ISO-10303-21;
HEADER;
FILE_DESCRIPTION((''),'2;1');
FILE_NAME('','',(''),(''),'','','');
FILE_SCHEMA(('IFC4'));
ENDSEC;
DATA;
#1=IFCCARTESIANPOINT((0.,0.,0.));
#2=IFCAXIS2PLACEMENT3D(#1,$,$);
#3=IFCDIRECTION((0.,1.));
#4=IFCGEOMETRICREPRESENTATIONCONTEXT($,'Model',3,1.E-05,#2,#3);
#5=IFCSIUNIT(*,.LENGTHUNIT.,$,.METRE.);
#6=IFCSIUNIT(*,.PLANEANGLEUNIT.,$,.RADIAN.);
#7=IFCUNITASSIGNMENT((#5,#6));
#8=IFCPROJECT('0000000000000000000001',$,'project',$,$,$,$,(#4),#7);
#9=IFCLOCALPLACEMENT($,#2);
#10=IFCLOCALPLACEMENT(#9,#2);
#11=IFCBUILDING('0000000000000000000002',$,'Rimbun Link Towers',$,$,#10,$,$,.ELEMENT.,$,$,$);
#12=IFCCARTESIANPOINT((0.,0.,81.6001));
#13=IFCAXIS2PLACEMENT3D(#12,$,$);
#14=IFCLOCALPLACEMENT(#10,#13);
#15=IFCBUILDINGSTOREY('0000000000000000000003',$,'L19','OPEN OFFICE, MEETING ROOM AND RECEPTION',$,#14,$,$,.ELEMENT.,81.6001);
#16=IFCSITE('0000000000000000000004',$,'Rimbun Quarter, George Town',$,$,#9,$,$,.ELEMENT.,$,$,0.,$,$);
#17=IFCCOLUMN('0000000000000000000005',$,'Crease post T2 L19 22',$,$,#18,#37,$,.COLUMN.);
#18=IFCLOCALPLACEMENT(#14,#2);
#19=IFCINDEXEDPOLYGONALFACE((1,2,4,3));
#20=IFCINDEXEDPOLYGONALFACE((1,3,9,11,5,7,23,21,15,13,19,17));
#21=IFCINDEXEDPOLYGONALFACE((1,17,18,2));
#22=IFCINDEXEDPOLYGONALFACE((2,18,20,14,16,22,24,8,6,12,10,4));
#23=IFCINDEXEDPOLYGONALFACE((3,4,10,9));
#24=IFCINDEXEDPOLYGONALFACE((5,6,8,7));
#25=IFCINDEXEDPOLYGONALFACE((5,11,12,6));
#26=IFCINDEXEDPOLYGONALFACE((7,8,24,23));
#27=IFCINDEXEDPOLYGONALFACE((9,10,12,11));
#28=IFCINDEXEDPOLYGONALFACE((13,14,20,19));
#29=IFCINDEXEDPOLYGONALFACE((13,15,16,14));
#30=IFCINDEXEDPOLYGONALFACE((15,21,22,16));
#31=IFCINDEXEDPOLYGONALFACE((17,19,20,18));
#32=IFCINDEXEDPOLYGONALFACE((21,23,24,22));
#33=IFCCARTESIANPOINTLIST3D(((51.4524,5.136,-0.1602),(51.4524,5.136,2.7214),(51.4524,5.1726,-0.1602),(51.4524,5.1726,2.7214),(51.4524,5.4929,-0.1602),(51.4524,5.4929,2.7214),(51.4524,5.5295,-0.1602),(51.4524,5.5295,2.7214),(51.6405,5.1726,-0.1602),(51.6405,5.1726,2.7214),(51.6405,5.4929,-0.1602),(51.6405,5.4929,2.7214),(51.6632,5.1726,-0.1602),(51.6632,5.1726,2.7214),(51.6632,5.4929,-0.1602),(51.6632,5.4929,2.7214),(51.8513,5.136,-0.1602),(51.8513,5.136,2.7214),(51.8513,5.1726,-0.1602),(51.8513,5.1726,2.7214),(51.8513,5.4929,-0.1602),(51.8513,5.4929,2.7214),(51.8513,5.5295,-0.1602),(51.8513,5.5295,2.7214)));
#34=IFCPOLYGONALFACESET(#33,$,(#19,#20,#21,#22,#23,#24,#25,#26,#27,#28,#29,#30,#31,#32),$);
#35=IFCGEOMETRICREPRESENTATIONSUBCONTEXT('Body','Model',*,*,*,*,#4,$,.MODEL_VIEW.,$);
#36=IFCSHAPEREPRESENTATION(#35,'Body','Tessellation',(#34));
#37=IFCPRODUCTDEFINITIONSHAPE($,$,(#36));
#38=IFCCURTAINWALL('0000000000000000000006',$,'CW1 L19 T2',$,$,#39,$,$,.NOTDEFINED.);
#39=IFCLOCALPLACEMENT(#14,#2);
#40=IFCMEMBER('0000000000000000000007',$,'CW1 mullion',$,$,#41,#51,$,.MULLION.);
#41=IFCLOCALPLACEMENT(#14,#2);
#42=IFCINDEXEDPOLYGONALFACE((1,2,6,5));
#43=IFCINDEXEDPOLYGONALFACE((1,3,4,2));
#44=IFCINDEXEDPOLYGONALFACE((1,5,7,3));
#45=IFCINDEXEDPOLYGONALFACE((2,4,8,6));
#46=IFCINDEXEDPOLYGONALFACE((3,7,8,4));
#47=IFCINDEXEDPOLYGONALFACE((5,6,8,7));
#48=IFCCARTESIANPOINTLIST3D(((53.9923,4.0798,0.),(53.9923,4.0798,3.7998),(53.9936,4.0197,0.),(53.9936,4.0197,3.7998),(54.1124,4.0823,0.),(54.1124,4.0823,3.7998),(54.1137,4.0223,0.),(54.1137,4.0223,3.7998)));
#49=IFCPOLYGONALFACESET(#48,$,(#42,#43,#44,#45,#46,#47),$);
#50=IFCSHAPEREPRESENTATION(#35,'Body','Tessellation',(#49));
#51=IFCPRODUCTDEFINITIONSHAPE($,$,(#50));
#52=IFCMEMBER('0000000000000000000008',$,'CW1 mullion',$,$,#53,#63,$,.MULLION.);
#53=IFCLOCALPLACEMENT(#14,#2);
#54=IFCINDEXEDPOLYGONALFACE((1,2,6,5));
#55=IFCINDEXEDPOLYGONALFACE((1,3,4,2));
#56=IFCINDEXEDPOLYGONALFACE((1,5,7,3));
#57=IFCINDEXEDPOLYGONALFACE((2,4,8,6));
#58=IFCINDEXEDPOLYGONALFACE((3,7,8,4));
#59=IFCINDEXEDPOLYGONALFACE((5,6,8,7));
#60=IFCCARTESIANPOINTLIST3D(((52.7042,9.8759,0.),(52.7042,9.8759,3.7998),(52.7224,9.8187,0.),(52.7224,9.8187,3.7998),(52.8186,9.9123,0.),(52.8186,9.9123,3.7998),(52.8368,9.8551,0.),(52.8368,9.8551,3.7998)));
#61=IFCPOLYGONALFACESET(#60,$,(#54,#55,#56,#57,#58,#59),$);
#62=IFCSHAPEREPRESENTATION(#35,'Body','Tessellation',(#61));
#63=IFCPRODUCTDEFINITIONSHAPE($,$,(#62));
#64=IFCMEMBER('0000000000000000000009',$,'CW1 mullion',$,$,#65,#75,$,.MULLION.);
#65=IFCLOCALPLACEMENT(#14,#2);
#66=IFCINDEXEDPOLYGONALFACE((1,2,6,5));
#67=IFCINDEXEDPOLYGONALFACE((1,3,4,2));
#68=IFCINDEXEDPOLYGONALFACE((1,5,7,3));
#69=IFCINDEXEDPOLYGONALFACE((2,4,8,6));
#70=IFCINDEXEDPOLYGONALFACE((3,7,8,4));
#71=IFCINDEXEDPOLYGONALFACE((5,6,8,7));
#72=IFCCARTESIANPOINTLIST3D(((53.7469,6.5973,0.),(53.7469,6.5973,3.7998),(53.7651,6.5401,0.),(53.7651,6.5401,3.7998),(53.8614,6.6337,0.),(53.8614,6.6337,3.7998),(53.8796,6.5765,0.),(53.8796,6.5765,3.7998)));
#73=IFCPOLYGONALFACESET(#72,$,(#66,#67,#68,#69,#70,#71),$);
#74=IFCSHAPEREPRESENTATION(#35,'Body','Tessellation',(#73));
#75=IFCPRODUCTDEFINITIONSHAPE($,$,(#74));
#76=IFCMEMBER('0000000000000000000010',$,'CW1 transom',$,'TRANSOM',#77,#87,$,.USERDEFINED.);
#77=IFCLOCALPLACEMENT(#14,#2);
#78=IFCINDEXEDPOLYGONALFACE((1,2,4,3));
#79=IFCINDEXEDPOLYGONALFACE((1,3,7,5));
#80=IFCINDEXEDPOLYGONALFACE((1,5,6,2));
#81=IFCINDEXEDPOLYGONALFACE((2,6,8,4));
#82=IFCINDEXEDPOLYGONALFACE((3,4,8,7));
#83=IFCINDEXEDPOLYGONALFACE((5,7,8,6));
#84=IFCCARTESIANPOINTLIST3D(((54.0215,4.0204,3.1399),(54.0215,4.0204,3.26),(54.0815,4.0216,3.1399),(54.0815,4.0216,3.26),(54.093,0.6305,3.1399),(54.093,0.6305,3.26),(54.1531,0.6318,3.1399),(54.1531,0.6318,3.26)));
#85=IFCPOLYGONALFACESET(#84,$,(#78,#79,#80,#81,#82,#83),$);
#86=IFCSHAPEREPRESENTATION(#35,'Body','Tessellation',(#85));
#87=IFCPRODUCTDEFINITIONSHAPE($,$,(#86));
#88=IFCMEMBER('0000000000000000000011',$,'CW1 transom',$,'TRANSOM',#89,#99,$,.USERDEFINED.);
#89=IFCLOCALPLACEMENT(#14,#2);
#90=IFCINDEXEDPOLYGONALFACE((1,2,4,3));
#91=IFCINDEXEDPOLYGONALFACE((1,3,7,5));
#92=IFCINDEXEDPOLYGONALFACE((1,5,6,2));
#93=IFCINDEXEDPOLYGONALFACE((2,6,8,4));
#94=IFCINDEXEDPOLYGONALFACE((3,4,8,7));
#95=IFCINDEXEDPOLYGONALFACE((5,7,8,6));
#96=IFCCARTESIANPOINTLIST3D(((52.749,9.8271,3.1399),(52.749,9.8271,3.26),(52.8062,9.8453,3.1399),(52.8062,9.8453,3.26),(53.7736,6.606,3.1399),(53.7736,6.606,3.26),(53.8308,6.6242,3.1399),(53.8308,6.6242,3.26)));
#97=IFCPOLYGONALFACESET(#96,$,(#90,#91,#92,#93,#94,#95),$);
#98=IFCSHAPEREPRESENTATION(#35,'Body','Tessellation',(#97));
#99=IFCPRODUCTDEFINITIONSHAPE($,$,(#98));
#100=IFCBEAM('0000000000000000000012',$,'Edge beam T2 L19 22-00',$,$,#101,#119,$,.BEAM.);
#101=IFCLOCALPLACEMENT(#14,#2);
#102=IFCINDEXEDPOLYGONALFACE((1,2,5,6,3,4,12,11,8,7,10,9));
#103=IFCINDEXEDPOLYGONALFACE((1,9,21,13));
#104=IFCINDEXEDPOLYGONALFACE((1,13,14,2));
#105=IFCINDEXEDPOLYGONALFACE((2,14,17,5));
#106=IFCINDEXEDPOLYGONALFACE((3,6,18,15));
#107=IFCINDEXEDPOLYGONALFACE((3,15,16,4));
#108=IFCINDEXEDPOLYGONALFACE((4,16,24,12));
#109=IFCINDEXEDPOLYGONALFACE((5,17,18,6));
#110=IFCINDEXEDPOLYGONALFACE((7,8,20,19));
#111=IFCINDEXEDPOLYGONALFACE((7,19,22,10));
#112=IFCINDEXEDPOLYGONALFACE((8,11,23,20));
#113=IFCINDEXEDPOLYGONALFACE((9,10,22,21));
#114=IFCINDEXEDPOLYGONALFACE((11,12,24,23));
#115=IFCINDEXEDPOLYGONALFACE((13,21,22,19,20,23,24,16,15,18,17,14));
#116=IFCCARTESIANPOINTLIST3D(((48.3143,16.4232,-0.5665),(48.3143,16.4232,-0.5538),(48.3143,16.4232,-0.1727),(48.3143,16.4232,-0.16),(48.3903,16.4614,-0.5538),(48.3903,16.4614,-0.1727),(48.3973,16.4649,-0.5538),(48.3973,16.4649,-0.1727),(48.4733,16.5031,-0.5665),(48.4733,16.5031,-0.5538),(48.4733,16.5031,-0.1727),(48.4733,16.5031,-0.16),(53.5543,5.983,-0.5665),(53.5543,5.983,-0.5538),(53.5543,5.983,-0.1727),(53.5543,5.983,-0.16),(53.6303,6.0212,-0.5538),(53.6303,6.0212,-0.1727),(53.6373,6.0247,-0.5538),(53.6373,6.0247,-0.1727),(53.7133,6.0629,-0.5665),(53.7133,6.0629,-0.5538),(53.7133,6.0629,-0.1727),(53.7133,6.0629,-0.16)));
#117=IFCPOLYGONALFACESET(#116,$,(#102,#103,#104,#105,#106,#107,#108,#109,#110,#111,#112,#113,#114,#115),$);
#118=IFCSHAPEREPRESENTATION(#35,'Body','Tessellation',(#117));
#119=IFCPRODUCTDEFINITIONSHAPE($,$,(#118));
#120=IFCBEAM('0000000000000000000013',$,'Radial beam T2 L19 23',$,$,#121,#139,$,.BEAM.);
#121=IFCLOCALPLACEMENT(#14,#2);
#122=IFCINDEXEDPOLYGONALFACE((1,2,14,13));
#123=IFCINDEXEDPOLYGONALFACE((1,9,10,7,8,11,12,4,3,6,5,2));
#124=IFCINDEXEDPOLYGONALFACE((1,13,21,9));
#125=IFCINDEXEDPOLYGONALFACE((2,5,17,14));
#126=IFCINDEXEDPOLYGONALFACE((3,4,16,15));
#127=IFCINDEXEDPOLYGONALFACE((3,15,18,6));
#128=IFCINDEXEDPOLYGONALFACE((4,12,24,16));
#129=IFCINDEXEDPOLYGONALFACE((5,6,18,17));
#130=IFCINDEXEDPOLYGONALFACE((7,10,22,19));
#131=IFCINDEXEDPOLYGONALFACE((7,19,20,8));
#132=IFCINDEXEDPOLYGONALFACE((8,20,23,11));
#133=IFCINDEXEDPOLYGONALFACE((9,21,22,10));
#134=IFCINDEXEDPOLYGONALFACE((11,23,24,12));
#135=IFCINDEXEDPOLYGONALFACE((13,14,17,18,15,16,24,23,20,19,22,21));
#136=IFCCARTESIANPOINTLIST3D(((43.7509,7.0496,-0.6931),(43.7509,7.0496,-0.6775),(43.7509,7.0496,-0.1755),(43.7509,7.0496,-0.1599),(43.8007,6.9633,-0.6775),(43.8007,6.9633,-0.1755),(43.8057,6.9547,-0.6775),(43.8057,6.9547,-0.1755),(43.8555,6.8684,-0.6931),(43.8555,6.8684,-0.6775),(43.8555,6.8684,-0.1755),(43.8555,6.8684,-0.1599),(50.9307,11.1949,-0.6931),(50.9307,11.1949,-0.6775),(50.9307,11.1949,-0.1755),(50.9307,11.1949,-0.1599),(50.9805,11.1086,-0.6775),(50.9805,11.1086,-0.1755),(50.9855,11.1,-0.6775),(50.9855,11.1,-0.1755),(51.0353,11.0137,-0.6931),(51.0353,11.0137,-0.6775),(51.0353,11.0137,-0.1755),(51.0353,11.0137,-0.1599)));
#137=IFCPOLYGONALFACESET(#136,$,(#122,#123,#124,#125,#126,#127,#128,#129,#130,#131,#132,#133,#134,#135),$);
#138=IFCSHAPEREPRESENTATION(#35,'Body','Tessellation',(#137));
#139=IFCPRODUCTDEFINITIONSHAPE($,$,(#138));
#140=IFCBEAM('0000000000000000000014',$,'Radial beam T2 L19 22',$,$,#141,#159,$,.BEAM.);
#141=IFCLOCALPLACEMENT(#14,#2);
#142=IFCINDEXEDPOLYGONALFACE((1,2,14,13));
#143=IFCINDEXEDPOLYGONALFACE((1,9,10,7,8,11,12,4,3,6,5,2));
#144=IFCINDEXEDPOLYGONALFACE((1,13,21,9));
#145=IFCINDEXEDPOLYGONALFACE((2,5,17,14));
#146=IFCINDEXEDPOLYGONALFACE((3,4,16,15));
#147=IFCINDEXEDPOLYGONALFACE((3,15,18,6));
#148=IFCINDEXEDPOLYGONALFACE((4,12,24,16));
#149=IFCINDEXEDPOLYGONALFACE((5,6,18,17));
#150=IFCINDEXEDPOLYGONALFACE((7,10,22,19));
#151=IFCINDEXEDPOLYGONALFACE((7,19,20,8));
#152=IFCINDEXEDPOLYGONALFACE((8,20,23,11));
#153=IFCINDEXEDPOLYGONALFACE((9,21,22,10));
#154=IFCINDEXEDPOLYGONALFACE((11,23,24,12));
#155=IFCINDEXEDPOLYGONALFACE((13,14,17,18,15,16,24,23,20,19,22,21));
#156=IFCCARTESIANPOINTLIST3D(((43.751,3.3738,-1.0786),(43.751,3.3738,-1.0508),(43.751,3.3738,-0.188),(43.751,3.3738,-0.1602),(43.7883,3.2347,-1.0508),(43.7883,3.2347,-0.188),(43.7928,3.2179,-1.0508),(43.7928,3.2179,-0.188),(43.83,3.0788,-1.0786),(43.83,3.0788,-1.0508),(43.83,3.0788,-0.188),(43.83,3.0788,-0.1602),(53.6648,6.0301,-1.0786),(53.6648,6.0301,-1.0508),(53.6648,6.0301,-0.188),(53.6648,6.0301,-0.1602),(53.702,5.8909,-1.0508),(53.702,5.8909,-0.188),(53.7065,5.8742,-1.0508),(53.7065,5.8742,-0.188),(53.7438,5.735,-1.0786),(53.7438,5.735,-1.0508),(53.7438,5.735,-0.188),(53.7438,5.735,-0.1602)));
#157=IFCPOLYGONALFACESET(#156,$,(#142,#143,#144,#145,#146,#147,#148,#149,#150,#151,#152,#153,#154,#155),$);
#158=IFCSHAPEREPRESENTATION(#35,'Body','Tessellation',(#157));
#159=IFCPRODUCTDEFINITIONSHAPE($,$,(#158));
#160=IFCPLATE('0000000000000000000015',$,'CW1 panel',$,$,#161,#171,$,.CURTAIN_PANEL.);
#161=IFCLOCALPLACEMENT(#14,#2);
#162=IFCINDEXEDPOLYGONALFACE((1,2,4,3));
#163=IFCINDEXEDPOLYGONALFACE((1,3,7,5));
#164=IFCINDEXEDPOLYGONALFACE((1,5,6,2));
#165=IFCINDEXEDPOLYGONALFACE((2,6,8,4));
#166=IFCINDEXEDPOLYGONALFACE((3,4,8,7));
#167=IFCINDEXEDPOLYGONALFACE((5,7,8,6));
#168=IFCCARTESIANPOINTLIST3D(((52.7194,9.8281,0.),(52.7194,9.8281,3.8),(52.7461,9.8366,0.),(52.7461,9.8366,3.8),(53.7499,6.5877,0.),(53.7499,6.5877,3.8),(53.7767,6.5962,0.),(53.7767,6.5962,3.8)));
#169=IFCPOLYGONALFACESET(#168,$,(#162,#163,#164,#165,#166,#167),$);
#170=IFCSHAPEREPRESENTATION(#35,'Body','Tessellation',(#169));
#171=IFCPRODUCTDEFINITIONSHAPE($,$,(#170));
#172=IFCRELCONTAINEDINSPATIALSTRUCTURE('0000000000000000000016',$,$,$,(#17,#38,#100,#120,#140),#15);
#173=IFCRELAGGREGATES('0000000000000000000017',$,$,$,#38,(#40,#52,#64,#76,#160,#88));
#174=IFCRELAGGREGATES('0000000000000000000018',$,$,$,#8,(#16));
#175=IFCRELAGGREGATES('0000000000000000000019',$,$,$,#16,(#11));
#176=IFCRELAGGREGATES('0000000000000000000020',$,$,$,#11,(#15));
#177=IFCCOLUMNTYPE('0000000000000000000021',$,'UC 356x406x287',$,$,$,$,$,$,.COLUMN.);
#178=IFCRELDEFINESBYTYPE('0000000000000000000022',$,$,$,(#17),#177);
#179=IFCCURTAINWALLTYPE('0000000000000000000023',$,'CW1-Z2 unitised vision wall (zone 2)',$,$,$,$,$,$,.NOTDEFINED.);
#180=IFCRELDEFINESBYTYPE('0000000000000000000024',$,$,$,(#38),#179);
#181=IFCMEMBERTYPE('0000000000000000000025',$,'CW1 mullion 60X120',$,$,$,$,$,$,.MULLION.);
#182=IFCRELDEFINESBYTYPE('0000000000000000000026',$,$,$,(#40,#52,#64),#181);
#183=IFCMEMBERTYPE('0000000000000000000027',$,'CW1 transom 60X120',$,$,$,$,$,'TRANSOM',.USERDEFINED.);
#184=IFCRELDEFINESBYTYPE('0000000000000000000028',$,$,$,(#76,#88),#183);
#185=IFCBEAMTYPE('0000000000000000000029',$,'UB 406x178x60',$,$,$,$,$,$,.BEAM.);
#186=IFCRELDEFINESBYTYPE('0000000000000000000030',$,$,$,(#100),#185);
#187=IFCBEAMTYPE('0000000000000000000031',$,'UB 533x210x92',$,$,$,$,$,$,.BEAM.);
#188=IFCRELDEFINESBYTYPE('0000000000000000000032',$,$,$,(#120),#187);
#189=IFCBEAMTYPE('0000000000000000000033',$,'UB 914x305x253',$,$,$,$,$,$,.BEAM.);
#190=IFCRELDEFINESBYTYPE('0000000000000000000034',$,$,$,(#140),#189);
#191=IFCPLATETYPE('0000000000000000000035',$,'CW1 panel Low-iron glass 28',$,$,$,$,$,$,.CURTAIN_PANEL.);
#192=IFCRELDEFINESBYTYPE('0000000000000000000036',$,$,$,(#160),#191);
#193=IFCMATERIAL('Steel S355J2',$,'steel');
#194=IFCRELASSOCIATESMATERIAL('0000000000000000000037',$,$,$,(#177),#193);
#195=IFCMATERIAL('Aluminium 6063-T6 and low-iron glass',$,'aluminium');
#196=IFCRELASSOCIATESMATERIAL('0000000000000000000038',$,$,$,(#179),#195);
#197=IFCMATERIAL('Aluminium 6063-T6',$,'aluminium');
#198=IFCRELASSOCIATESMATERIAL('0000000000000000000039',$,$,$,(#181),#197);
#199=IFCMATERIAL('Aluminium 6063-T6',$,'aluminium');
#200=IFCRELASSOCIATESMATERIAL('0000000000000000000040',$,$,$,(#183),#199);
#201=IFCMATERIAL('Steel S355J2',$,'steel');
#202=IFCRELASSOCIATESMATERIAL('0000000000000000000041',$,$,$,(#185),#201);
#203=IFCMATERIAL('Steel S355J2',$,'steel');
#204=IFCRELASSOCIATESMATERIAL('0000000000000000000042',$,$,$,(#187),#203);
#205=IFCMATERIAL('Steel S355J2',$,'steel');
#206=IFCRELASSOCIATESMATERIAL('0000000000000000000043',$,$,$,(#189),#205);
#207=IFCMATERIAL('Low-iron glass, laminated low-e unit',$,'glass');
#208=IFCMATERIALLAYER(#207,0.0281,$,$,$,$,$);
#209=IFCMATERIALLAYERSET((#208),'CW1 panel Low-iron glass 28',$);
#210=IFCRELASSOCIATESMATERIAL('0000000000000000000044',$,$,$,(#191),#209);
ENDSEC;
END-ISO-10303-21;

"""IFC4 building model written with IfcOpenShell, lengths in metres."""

from ifc_helpers import new_model, si_unit, direction, frame, origin, origin_2d, place, context, subcontext, project, spatial, rectangle, i_section, extrude, material, layer, layer_set, material_profile, profile_set, type_object, element, aggregate, save


model = new_model("IFC4")

# Units and contexts
model_context = context("Model", 3, precision=1e-05, world=origin(), true_north=direction((0.0, 1.0)))
body_context = subcontext(model_context, "Body", "Model", "MODEL_VIEW")
ifc_project = project(units=[si_unit("LENGTHUNIT", "METRE"), si_unit("PLANEANGLEUNIT", "RADIAN")], contexts=[model_context])

# Site, building, storey
site_placement = place(None, origin())
site = spatial("IfcSite", under=ifc_project, at=site_placement, Name="Rimbun Quarter, George Town", CompositionType="ELEMENT", RefElevation=0.0)
building_placement = place(site_placement, origin())
building = spatial("IfcBuilding", under=site, at=building_placement, Name="Rimbun Link Towers", CompositionType="ELEMENT")
storey_placement = place(building_placement, frame((0.0, 0.0, 81.6001)))
storey = spatial("IfcBuildingStorey", under=building, at=storey_placement, Name="L19", Description="OPEN OFFICE, MEETING ROOM AND RECEPTION", CompositionType="ELEMENT", Elevation=81.6001)

# Column
ifc_material_1 = material(Name="Steel S355J2", Category="steel")
ifc_material_profile_1 = material_profile(ifc_material_1, i_section(OverallWidth=0.3989, OverallDepth=0.3936, WebThickness=0.0227, FlangeThickness=0.0366, at=origin_2d()), Name="UC 356x406x287")
ifc_profile_set_1 = profile_set([ifc_material_profile_1], Name="Steel S355J2")
column_type = type_object("IfcColumnType", Name="UC 356x406x287", PredefinedType="COLUMN", material=ifc_profile_set_1)
column_placement = place(storey_placement, frame((51.6519, 5.3328, -0.1602), z_axis=(0.0, 0.0, 1.0), x_axis=(1.0, 0.0, 0.0)))
element("IfcColumn", 1, at=column_placement, inside=storey, type_object=column_type, Name="Crease post T2 L19 22", PredefinedType="COLUMN", context=body_context, shape_type="SweptSolid", body=[
    extrude(i_section(OverallWidth=0.3989, OverallDepth=0.3936, WebThickness=0.0227, FlangeThickness=0.0366, at=origin_2d()), origin(), (0.0, 0.0, 1.0), 2.8816),
])

# Curtain wall, members
ifc_material_2 = material(Name="Aluminium 6063-T6 and low-iron glass", Category="aluminium")
curtain_wall_type = type_object("IfcCurtainWallType", Name="CW1-Z2 unitised vision wall (zone 2)", PredefinedType="NOTDEFINED", material=ifc_material_2)
curtain_wall_placement = place(storey_placement, origin())
curtain_wall = element("IfcCurtainWall", 2, at=curtain_wall_placement, inside=storey, type_object=curtain_wall_type, Name="CW1 L19 T2", PredefinedType="NOTDEFINED")
ifc_material_3 = material(Name="Aluminium 6063-T6", Category="aluminium")
ifc_material_profile_2 = material_profile(ifc_material_3, rectangle(XDim=0.1201, YDim=0.0601, at=origin_2d()), Name="MULLION 60X120")
ifc_profile_set_2 = profile_set([ifc_material_profile_2], Name="Aluminium 6063-T6")
member_type_1 = type_object("IfcMemberType", Name="CW1 mullion 60X120", PredefinedType="MULLION", material=ifc_profile_set_2)
member_1_placement = place(storey_placement, frame((54.053, 4.051, 0.0), z_axis=(0.0, 0.0, 1.0), x_axis=(0.999778, 0.021057, 0.0)))
member_1 = element("IfcMember", 3, at=member_1_placement, type_object=member_type_1, Name="CW1 mullion", PredefinedType="MULLION", context=body_context, shape_type="SweptSolid", body=[
    extrude(rectangle(XDim=0.1201, YDim=0.0601, at=origin_2d()), origin(), (0.0, 0.0, 1.0), 3.7998),
])
member_2_placement = place(storey_placement, frame((52.7705, 9.8655, 0.0), z_axis=(0.0, 0.0, 1.0), x_axis=(0.952968, 0.30307, 0.0)))
member_2 = element("IfcMember", 4, at=member_2_placement, type_object=member_type_1, Name="CW1 mullion", PredefinedType="MULLION", context=body_context, shape_type="SweptSolid", body=[
    extrude(rectangle(XDim=0.1201, YDim=0.0601, at=origin_2d()), origin(), (0.0, 0.0, 1.0), 3.7998),
])
member_3_placement = place(storey_placement, frame((53.8132, 6.5869, 0.0), z_axis=(0.0, 0.0, 1.0), x_axis=(0.952968, 0.30307, 0.0)))
member_3 = element("IfcMember", 5, at=member_3_placement, type_object=member_type_1, Name="CW1 mullion", PredefinedType="MULLION", context=body_context, shape_type="SweptSolid", body=[
    extrude(rectangle(XDim=0.1201, YDim=0.0601, at=origin_2d()), origin(), (0.0, 0.0, 1.0), 3.7998),
])
ifc_material_4 = material(Name="Aluminium 6063-T6", Category="aluminium")
ifc_material_profile_3 = material_profile(ifc_material_4, rectangle(XDim=0.0601, YDim=0.1201, at=origin_2d()), Name="TRANSOM 60X120")
ifc_profile_set_3 = profile_set([ifc_material_profile_3], Name="Aluminium 6063-T6")
member_type_2 = type_object("IfcMemberType", Name="CW1 transom 60X120", ElementType="TRANSOM", PredefinedType="USERDEFINED", material=ifc_profile_set_3)
member_4_placement = place(storey_placement, frame((54.0515, 4.021, 3.2), z_axis=(0.021097, -0.999777, 0.0), x_axis=(0.999777, 0.021097, 0.0)))
member_4 = element("IfcMember", 6, at=member_4_placement, type_object=member_type_2, Name="CW1 transom", ObjectType="TRANSOM", PredefinedType="USERDEFINED", context=body_context, shape_type="SweptSolid", body=[
    extrude(rectangle(XDim=0.0601, YDim=0.1201, at=origin_2d()), origin(), (0.0, 0.0, 1.0), 3.3906),
])
member_5_placement = place(storey_placement, frame((52.7776, 9.8362, 3.2), z_axis=(0.303132, -0.952949, 0.0), x_axis=(0.952949, 0.303132, 0.0)))
member_5 = element("IfcMember", 7, at=member_5_placement, type_object=member_type_2, Name="CW1 transom", ObjectType="TRANSOM", PredefinedType="USERDEFINED", context=body_context, shape_type="SweptSolid", body=[
    extrude(rectangle(XDim=0.0601, YDim=0.1201, at=origin_2d()), origin(), (0.0, 0.0, 1.0), 3.3801),
])

# Beams
ifc_material_5 = material(Name="Steel S355J2", Category="steel")
ifc_material_profile_4 = material_profile(ifc_material_5, i_section(OverallWidth=0.178, OverallDepth=0.4065, WebThickness=0.0078, FlangeThickness=0.0127, at=origin_2d()), Name="UB 406x178x60")
ifc_profile_set_4 = profile_set([ifc_material_profile_4], Name="Steel S355J2")
beam_type_1 = type_object("IfcBeamType", Name="UB 406x178x60", PredefinedType="BEAM", material=ifc_profile_set_4)
beam_1_placement = place(storey_placement, frame((53.6338, 6.0229, -0.3633), z_axis=(-0.448576, 0.893745, 0.0), x_axis=(-0.893745, -0.448576, 0.0)))
element("IfcBeam", 8, at=beam_1_placement, inside=storey, type_object=beam_type_1, Name="Edge beam T2 L19 22-00", PredefinedType="BEAM", context=body_context, shape_type="SweptSolid", body=[
    extrude(i_section(OverallWidth=0.178, OverallDepth=0.4065, WebThickness=0.0078, FlangeThickness=0.0127, at=origin_2d()), origin(), (0.0, 0.0, 1.0), 11.6814),
])
ifc_material_6 = material(Name="Steel S355J2", Category="steel")
ifc_material_profile_5 = material_profile(ifc_material_6, i_section(OverallWidth=0.2092, OverallDepth=0.5332, WebThickness=0.01, FlangeThickness=0.0156, at=origin_2d()), Name="UB 533x210x92")
ifc_profile_set_5 = profile_set([ifc_material_profile_5], Name="Steel S355J2")
beam_type_2 = type_object("IfcBeamType", Name="UB 533x210x92", PredefinedType="BEAM", material=ifc_profile_set_5)
beam_2_placement = place(storey_placement, frame((43.8032, 6.959, -0.4265), z_axis=(0.866022, 0.500006, 0.0), x_axis=(-0.500006, 0.866022, 0.0)))
element("IfcBeam", 9, at=beam_2_placement, inside=storey, type_object=beam_type_2, Name="Radial beam T2 L19 23", PredefinedType="BEAM", context=body_context, shape_type="SweptSolid", body=[
    extrude(i_section(OverallWidth=0.2092, OverallDepth=0.5332, WebThickness=0.01, FlangeThickness=0.0156, at=origin_2d()), origin(), (0.0, 0.0, 1.0), 8.2905),
])
ifc_material_7 = material(Name="Steel S355J2", Category="steel")
ifc_material_profile_6 = material_profile(ifc_material_7, i_section(OverallWidth=0.3054, OverallDepth=0.9185, WebThickness=0.0173, FlangeThickness=0.0278, at=origin_2d()), Name="UB 914x305x253")
ifc_profile_set_6 = profile_set([ifc_material_profile_6], Name="Steel S355J2")
beam_type_3 = type_object("IfcBeamType", Name="UB 914x305x253", PredefinedType="BEAM", material=ifc_profile_set_6)
beam_3_placement = place(storey_placement, frame((43.7905, 3.2263, -0.6194), z_axis=(0.965929, 0.258805, 0.0), x_axis=(-0.258805, 0.965929, 0.0)))
element("IfcBeam", 10, at=beam_3_placement, inside=storey, type_object=beam_type_3, Name="Radial beam T2 L19 22", PredefinedType="BEAM", context=body_context, shape_type="SweptSolid", body=[
    extrude(i_section(OverallWidth=0.3054, OverallDepth=0.9185, WebThickness=0.0173, FlangeThickness=0.0278, at=origin_2d()), origin(), (0.0, 0.0, 1.0), 10.2634),
])

# Plate
ifc_material_8 = material(Name="Low-iron glass, laminated low-e unit", Category="glass")
ifc_layer_1 = layer(ifc_material_8, 0.0281)
ifc_layer_set_1 = layer_set([ifc_layer_1], Name="CW1 panel Low-iron glass 28")
plate_type = type_object("IfcPlateType", Name="CW1 panel Low-iron glass 28", PredefinedType="CURTAIN_PANEL", material=ifc_layer_set_1)
plate_placement = place(storey_placement, frame((53.248, 8.2122, 0.0), z_axis=(0.0, 0.0, 1.0), x_axis=(0.30307, -0.952968, 0.0)))
plate = element("IfcPlate", 11, at=plate_placement, type_object=plate_type, Name="CW1 panel", PredefinedType="CURTAIN_PANEL", context=body_context, shape_type="SweptSolid", body=[
    extrude(rectangle(XDim=3.4004, YDim=0.0281, at=origin_2d()), origin(), (0.0, 0.0, 1.0), 3.8),
])
aggregate(curtain_wall, [member_1, member_2, member_3, member_4, plate, member_5])

save(model, "model.ifc")
